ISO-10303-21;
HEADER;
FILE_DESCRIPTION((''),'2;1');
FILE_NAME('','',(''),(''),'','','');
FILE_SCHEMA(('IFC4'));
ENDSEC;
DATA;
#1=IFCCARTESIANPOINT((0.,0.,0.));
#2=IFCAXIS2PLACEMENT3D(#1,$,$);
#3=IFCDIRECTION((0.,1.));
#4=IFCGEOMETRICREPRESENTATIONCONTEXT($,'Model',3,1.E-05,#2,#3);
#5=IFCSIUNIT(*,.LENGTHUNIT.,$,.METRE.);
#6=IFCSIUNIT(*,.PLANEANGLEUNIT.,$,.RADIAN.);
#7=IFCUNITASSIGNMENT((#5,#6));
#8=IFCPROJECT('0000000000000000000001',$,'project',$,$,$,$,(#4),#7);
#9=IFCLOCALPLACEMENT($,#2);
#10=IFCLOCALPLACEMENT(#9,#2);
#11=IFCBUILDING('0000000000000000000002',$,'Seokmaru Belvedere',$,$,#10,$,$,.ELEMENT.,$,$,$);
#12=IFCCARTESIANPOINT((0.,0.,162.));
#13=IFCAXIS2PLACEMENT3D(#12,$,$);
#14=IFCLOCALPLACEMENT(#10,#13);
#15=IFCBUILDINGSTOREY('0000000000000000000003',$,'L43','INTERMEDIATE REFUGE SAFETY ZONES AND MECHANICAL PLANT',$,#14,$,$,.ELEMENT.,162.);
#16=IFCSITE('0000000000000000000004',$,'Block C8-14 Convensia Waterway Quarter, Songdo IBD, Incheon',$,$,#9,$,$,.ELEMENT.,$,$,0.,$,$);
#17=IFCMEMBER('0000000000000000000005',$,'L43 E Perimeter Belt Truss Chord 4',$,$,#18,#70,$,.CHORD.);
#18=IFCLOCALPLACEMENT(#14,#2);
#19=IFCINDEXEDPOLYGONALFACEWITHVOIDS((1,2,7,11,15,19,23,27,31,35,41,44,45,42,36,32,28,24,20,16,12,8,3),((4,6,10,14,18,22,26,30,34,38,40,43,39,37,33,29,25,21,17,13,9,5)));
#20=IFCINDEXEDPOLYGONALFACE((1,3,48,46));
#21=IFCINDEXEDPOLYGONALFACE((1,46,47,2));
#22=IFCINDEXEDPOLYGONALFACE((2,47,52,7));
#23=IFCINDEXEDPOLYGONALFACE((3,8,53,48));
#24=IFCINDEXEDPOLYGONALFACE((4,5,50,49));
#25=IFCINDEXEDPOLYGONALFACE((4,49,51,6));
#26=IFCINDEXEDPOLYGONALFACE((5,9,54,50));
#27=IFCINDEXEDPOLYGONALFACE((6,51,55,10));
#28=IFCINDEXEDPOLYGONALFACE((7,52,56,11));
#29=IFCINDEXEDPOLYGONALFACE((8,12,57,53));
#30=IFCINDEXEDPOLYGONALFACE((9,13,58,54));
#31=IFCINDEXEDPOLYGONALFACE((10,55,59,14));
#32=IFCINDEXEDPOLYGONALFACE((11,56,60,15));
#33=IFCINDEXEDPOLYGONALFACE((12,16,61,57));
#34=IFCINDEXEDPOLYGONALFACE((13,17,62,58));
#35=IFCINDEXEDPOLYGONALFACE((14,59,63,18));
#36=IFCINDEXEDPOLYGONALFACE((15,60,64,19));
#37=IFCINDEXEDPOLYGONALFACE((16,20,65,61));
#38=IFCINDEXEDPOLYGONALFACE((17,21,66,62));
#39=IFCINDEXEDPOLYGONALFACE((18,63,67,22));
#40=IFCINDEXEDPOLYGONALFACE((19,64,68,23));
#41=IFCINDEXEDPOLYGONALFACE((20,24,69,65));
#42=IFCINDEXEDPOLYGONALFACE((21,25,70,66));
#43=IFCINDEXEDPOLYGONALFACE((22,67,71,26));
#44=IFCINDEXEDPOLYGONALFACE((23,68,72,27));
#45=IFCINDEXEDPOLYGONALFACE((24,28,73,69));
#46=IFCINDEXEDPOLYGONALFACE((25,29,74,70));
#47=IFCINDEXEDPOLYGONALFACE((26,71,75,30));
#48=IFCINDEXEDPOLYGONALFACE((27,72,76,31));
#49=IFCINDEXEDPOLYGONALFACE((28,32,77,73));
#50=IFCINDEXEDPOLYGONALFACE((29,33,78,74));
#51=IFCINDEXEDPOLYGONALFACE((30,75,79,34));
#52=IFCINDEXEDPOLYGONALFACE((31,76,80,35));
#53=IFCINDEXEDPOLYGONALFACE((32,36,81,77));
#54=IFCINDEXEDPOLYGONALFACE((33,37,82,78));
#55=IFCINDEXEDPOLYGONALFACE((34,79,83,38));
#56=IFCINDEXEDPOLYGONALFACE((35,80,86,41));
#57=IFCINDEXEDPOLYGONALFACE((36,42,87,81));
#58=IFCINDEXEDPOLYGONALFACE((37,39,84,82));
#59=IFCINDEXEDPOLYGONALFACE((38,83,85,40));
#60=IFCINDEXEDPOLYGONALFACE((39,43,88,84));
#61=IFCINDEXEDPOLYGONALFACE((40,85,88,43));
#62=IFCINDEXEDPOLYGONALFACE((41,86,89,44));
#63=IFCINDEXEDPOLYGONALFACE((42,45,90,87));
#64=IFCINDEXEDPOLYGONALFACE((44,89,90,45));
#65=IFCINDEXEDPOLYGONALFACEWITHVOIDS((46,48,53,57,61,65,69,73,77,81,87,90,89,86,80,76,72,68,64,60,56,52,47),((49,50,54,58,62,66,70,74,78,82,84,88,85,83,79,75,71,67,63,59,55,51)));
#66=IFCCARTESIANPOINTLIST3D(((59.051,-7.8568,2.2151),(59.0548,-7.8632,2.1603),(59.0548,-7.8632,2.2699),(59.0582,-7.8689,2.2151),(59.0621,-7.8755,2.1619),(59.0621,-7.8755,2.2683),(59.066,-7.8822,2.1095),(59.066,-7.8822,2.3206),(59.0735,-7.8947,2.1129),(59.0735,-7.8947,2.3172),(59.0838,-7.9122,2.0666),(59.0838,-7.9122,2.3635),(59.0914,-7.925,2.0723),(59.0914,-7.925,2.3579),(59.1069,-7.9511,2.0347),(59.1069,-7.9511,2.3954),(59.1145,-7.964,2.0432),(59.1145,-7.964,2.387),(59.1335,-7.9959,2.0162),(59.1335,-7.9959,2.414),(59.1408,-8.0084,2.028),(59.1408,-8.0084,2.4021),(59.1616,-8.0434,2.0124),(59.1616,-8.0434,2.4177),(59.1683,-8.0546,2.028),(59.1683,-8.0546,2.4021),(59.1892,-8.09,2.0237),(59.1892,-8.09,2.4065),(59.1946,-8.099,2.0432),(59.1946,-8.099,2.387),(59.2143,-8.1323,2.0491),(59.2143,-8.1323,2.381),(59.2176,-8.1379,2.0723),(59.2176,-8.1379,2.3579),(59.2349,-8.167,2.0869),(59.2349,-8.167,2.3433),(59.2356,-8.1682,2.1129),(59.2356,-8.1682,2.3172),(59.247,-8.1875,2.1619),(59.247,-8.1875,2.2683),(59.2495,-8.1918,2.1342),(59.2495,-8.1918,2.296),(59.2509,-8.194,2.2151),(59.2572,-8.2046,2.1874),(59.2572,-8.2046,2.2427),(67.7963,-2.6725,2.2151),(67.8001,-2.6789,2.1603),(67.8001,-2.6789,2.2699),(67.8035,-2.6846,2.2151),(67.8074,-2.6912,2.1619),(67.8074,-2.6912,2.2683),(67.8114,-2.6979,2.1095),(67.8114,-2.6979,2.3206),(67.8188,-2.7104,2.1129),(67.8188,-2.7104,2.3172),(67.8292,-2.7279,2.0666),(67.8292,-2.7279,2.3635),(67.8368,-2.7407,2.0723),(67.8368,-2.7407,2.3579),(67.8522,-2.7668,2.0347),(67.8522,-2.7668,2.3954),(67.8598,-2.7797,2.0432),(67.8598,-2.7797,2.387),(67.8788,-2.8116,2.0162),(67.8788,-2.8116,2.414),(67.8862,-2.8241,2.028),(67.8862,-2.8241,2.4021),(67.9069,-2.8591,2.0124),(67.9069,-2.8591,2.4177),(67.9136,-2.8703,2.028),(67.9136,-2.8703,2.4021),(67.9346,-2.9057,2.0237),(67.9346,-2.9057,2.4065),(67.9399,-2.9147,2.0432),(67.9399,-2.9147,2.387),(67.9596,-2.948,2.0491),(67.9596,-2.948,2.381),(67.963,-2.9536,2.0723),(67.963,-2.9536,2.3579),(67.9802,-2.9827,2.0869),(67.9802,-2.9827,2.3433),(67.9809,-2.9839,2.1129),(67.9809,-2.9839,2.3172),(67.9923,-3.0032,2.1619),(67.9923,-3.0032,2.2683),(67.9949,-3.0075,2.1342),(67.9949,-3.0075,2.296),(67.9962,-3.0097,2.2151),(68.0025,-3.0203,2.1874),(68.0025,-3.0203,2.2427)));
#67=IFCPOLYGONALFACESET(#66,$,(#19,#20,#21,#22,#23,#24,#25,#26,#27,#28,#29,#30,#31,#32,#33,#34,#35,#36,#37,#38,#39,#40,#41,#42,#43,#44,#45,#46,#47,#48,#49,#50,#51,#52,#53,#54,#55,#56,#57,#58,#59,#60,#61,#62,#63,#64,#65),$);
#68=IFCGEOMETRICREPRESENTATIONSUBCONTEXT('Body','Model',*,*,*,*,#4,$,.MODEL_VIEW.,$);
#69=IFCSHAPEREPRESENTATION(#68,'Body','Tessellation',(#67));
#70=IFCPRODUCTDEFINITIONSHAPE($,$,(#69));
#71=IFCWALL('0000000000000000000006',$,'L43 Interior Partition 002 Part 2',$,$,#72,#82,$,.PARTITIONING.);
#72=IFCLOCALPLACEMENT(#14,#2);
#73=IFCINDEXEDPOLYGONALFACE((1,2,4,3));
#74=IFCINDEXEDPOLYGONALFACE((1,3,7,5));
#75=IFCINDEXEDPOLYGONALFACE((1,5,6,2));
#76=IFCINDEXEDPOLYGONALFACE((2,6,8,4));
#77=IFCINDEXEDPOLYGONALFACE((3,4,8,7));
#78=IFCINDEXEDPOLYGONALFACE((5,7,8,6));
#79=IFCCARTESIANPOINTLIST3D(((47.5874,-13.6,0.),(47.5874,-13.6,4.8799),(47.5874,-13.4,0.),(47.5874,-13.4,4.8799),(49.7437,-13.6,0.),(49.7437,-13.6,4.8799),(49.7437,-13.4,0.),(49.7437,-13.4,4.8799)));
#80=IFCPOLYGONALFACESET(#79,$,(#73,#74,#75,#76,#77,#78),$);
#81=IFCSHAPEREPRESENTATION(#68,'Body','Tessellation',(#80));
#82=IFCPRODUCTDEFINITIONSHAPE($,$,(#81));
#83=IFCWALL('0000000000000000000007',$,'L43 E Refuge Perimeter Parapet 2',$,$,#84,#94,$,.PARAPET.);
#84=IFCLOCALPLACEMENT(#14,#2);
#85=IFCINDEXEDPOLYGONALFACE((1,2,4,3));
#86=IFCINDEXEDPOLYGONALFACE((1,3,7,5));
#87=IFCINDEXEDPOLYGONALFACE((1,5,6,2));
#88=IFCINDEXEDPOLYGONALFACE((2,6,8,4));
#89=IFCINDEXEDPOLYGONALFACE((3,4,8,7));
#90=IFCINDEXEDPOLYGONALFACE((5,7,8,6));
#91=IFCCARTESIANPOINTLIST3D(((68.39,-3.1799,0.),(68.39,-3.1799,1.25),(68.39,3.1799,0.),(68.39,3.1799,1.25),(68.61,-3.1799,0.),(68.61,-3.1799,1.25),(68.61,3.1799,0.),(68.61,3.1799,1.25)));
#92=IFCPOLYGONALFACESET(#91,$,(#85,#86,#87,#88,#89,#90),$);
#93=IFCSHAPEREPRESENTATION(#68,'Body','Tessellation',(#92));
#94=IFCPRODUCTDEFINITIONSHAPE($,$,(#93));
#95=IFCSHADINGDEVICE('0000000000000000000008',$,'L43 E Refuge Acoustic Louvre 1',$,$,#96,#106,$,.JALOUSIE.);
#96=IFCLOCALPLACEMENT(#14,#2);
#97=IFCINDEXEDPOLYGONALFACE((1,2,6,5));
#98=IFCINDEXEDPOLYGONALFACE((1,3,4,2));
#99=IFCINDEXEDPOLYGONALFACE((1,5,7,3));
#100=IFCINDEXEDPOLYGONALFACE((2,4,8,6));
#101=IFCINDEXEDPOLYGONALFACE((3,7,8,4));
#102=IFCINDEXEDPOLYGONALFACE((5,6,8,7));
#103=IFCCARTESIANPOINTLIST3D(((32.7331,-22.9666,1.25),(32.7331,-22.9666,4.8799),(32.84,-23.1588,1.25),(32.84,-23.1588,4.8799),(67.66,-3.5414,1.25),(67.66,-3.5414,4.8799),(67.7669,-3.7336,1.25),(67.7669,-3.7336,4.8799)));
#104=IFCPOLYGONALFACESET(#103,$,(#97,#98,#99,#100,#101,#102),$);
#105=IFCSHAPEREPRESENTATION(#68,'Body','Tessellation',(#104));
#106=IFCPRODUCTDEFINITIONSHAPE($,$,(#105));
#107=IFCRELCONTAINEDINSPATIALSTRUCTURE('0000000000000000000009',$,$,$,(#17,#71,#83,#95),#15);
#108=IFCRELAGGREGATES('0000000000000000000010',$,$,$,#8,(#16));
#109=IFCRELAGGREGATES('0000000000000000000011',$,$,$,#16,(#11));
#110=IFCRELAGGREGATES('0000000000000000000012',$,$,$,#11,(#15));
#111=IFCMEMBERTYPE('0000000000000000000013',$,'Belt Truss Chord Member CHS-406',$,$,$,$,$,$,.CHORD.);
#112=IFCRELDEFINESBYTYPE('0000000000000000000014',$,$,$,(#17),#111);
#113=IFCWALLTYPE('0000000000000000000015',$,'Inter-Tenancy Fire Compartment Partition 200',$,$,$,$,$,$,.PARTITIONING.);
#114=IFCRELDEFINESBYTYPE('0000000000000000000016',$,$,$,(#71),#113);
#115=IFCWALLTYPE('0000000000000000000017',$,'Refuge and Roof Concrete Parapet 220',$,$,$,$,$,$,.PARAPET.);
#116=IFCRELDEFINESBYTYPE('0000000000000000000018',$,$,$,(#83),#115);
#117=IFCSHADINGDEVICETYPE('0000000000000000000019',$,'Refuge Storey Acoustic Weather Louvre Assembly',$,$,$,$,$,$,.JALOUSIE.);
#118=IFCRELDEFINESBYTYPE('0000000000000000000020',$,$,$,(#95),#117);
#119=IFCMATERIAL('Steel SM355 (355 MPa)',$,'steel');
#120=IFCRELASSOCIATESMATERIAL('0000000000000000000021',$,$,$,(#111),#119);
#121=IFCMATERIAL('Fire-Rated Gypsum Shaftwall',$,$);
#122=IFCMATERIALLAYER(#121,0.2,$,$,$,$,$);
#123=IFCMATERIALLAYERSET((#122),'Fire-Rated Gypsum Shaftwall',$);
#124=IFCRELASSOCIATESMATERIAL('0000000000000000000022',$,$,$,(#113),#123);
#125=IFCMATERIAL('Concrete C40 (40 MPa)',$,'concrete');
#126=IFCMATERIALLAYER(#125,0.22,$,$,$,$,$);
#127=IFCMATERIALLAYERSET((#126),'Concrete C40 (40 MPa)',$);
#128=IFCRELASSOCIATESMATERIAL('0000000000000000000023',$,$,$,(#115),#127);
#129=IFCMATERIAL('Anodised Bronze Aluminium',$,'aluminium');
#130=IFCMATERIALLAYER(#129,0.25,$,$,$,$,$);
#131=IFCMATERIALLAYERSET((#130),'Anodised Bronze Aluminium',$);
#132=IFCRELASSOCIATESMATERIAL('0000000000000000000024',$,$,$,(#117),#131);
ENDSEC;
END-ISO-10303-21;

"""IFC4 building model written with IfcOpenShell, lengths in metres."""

from ifc_helpers import new_model, si_unit, direction, frame, frame_2d, origin, origin_2d, place, context, subcontext, project, spatial, rectangle, hollow_circle, extrude, source, transform, mapped, material, layer, layer_set, material_profile, profile_set, type_object, type_shapes, element, save


model = new_model("IFC4")

# Units and contexts
model_context = context("Model", 3, precision=1e-05, world=origin(), true_north=direction((0.0, 1.0)))
body_context = subcontext(model_context, "Body", "Model", "MODEL_VIEW")
ifc_project = project(units=[si_unit("LENGTHUNIT", "METRE"), si_unit("PLANEANGLEUNIT", "RADIAN")], contexts=[model_context])

# Site, building, storey
site_placement = place(None, origin())
site = spatial("IfcSite", under=ifc_project, at=site_placement, Name="Block C8-14 Convensia Waterway Quarter, Songdo IBD, Incheon", CompositionType="ELEMENT", RefElevation=0.0)
building_placement = place(site_placement, origin())
building = spatial("IfcBuilding", under=site, at=building_placement, Name="Seokmaru Belvedere", CompositionType="ELEMENT")
storey_placement = place(building_placement, frame((0.0, 0.0, 162.0)))
storey = spatial("IfcBuildingStorey", under=building, at=storey_placement, Name="L43", Description="INTERMEDIATE REFUGE SAFETY ZONES AND MECHANICAL PLANT", CompositionType="ELEMENT", Elevation=162.0)

# Shared definitions
ifc_material_1 = material(Name="Steel SM355 (355 MPa)", Category="steel")

# Member
ifc_material_profile_1 = material_profile(ifc_material_1, hollow_circle(Radius=0.2031, WallThickness=0.0142, at=origin_2d()), Name="CHS-406.4x14.2")
ifc_profile_set_1 = profile_set([ifc_material_profile_1], Name="Steel SM355 (355 MPa)")
member_type_1 = type_object("IfcMemberType", Name="Belt Truss Chord Member CHS-406", PredefinedType="CHORD", material=ifc_profile_set_1)
shared_shape_1 = source(origin(), body_context, "Body", "SweptSolid", [
    extrude(hollow_circle(Radius=0.2031, WallThickness=0.0142, at=origin_2d()), origin(), (0.0, 0.0, 1.0), 10.1665),
])
member_1_placement = place(storey_placement, frame((59.1545, -8.0315, 2.2151), z_axis=(0.86021, 0.50994, 0.0), x_axis=(-0.50994, 0.86021, 0.0)))
element("IfcMember", 1, at=member_1_placement, inside=storey, type_object=member_type_1, Name="L43 E Perimeter Belt Truss Chord 4", PredefinedType="CHORD", context=body_context, shape_type="MappedRepresentation", body=[
    mapped(shared_shape_1, transform((0.0, 0.0, 0.0), scale=1.0)),
])

# Walls
ifc_material_2 = material(Name="Fire-Rated Gypsum Shaftwall")
ifc_layer_1 = layer(ifc_material_2, 0.2)
ifc_layer_set_1 = layer_set([ifc_layer_1], Name="Fire-Rated Gypsum Shaftwall")
wall_type_1 = type_object("IfcWallType", Name="Inter-Tenancy Fire Compartment Partition 200", PredefinedType="PARTITIONING", material=ifc_layer_set_1)
wall_1_placement = place(storey_placement, frame((47.5874, -13.5, 0.0), z_axis=(0.0, 0.0, 1.0), x_axis=(1.0, 0.0, 0.0)))
element("IfcWall", 2, at=wall_1_placement, inside=storey, type_object=wall_type_1, Name="L43 Interior Partition 002 Part 2", PredefinedType="PARTITIONING", context=body_context, shape_type="SweptSolid", body=[
    extrude(rectangle(XDim=2.1562, YDim=0.2, at=frame_2d((1.0781, 0.0))), origin(), (0.0, 0.0, 1.0), 4.8799),
])
ifc_material_3 = material(Name="Concrete C40 (40 MPa)", Category="concrete")
ifc_layer_2 = layer(ifc_material_3, 0.22)
ifc_layer_set_2 = layer_set([ifc_layer_2], Name="Concrete C40 (40 MPa)")
wall_type_2 = type_object("IfcWallType", Name="Refuge and Roof Concrete Parapet 220", PredefinedType="PARAPET", material=ifc_layer_set_2)
wall_2_placement = place(storey_placement, frame((68.5, -3.1799, 0.0), z_axis=(0.0, 0.0, 1.0), x_axis=(0.0, 1.0, 0.0)))
element("IfcWall", 3, at=wall_2_placement, inside=storey, type_object=wall_type_2, Name="L43 E Refuge Perimeter Parapet 2", PredefinedType="PARAPET", context=body_context, shape_type="SweptSolid", body=[
    extrude(rectangle(XDim=6.3599, YDim=0.22, at=frame_2d((3.1799, 0.0))), origin(), (0.0, 0.0, 1.0), 1.25),
])

# Shading device
ifc_material_4 = material(Name="Anodised Bronze Aluminium", Category="aluminium")
ifc_layer_3 = layer(ifc_material_4, 0.25)
ifc_layer_set_3 = layer_set([ifc_layer_3], Name="Anodised Bronze Aluminium")
shading_device_type = type_object("IfcShadingDeviceType", Name="Refuge Storey Acoustic Weather Louvre Assembly", PredefinedType="JALOUSIE", material=ifc_layer_set_3)
shared_shape_2 = source(origin(), body_context, "Body", "SweptSolid", [
    extrude(rectangle(XDim=39.9653, YDim=0.22, at=origin_2d()), origin(), (0.0, 0.0, 1.0), 3.6299),
])
type_shapes(shading_device_type, [shared_shape_2])
shading_device_placement = place(storey_placement, frame((50.25, -13.3501, 1.25), z_axis=(0.0, 0.0, 1.0), x_axis=(0.873931, 0.48605, 0.0)))
element("IfcShadingDevice", 4, at=shading_device_placement, inside=storey, type_object=shading_device_type, Name="L43 E Refuge Acoustic Louvre 1", PredefinedType="JALOUSIE", context=body_context, shape_type="MappedRepresentation", body=[
    mapped(shared_shape_2, transform((0.0, 0.0, 0.0), scale=1.0)),
])

save(model, "model.ifc")
